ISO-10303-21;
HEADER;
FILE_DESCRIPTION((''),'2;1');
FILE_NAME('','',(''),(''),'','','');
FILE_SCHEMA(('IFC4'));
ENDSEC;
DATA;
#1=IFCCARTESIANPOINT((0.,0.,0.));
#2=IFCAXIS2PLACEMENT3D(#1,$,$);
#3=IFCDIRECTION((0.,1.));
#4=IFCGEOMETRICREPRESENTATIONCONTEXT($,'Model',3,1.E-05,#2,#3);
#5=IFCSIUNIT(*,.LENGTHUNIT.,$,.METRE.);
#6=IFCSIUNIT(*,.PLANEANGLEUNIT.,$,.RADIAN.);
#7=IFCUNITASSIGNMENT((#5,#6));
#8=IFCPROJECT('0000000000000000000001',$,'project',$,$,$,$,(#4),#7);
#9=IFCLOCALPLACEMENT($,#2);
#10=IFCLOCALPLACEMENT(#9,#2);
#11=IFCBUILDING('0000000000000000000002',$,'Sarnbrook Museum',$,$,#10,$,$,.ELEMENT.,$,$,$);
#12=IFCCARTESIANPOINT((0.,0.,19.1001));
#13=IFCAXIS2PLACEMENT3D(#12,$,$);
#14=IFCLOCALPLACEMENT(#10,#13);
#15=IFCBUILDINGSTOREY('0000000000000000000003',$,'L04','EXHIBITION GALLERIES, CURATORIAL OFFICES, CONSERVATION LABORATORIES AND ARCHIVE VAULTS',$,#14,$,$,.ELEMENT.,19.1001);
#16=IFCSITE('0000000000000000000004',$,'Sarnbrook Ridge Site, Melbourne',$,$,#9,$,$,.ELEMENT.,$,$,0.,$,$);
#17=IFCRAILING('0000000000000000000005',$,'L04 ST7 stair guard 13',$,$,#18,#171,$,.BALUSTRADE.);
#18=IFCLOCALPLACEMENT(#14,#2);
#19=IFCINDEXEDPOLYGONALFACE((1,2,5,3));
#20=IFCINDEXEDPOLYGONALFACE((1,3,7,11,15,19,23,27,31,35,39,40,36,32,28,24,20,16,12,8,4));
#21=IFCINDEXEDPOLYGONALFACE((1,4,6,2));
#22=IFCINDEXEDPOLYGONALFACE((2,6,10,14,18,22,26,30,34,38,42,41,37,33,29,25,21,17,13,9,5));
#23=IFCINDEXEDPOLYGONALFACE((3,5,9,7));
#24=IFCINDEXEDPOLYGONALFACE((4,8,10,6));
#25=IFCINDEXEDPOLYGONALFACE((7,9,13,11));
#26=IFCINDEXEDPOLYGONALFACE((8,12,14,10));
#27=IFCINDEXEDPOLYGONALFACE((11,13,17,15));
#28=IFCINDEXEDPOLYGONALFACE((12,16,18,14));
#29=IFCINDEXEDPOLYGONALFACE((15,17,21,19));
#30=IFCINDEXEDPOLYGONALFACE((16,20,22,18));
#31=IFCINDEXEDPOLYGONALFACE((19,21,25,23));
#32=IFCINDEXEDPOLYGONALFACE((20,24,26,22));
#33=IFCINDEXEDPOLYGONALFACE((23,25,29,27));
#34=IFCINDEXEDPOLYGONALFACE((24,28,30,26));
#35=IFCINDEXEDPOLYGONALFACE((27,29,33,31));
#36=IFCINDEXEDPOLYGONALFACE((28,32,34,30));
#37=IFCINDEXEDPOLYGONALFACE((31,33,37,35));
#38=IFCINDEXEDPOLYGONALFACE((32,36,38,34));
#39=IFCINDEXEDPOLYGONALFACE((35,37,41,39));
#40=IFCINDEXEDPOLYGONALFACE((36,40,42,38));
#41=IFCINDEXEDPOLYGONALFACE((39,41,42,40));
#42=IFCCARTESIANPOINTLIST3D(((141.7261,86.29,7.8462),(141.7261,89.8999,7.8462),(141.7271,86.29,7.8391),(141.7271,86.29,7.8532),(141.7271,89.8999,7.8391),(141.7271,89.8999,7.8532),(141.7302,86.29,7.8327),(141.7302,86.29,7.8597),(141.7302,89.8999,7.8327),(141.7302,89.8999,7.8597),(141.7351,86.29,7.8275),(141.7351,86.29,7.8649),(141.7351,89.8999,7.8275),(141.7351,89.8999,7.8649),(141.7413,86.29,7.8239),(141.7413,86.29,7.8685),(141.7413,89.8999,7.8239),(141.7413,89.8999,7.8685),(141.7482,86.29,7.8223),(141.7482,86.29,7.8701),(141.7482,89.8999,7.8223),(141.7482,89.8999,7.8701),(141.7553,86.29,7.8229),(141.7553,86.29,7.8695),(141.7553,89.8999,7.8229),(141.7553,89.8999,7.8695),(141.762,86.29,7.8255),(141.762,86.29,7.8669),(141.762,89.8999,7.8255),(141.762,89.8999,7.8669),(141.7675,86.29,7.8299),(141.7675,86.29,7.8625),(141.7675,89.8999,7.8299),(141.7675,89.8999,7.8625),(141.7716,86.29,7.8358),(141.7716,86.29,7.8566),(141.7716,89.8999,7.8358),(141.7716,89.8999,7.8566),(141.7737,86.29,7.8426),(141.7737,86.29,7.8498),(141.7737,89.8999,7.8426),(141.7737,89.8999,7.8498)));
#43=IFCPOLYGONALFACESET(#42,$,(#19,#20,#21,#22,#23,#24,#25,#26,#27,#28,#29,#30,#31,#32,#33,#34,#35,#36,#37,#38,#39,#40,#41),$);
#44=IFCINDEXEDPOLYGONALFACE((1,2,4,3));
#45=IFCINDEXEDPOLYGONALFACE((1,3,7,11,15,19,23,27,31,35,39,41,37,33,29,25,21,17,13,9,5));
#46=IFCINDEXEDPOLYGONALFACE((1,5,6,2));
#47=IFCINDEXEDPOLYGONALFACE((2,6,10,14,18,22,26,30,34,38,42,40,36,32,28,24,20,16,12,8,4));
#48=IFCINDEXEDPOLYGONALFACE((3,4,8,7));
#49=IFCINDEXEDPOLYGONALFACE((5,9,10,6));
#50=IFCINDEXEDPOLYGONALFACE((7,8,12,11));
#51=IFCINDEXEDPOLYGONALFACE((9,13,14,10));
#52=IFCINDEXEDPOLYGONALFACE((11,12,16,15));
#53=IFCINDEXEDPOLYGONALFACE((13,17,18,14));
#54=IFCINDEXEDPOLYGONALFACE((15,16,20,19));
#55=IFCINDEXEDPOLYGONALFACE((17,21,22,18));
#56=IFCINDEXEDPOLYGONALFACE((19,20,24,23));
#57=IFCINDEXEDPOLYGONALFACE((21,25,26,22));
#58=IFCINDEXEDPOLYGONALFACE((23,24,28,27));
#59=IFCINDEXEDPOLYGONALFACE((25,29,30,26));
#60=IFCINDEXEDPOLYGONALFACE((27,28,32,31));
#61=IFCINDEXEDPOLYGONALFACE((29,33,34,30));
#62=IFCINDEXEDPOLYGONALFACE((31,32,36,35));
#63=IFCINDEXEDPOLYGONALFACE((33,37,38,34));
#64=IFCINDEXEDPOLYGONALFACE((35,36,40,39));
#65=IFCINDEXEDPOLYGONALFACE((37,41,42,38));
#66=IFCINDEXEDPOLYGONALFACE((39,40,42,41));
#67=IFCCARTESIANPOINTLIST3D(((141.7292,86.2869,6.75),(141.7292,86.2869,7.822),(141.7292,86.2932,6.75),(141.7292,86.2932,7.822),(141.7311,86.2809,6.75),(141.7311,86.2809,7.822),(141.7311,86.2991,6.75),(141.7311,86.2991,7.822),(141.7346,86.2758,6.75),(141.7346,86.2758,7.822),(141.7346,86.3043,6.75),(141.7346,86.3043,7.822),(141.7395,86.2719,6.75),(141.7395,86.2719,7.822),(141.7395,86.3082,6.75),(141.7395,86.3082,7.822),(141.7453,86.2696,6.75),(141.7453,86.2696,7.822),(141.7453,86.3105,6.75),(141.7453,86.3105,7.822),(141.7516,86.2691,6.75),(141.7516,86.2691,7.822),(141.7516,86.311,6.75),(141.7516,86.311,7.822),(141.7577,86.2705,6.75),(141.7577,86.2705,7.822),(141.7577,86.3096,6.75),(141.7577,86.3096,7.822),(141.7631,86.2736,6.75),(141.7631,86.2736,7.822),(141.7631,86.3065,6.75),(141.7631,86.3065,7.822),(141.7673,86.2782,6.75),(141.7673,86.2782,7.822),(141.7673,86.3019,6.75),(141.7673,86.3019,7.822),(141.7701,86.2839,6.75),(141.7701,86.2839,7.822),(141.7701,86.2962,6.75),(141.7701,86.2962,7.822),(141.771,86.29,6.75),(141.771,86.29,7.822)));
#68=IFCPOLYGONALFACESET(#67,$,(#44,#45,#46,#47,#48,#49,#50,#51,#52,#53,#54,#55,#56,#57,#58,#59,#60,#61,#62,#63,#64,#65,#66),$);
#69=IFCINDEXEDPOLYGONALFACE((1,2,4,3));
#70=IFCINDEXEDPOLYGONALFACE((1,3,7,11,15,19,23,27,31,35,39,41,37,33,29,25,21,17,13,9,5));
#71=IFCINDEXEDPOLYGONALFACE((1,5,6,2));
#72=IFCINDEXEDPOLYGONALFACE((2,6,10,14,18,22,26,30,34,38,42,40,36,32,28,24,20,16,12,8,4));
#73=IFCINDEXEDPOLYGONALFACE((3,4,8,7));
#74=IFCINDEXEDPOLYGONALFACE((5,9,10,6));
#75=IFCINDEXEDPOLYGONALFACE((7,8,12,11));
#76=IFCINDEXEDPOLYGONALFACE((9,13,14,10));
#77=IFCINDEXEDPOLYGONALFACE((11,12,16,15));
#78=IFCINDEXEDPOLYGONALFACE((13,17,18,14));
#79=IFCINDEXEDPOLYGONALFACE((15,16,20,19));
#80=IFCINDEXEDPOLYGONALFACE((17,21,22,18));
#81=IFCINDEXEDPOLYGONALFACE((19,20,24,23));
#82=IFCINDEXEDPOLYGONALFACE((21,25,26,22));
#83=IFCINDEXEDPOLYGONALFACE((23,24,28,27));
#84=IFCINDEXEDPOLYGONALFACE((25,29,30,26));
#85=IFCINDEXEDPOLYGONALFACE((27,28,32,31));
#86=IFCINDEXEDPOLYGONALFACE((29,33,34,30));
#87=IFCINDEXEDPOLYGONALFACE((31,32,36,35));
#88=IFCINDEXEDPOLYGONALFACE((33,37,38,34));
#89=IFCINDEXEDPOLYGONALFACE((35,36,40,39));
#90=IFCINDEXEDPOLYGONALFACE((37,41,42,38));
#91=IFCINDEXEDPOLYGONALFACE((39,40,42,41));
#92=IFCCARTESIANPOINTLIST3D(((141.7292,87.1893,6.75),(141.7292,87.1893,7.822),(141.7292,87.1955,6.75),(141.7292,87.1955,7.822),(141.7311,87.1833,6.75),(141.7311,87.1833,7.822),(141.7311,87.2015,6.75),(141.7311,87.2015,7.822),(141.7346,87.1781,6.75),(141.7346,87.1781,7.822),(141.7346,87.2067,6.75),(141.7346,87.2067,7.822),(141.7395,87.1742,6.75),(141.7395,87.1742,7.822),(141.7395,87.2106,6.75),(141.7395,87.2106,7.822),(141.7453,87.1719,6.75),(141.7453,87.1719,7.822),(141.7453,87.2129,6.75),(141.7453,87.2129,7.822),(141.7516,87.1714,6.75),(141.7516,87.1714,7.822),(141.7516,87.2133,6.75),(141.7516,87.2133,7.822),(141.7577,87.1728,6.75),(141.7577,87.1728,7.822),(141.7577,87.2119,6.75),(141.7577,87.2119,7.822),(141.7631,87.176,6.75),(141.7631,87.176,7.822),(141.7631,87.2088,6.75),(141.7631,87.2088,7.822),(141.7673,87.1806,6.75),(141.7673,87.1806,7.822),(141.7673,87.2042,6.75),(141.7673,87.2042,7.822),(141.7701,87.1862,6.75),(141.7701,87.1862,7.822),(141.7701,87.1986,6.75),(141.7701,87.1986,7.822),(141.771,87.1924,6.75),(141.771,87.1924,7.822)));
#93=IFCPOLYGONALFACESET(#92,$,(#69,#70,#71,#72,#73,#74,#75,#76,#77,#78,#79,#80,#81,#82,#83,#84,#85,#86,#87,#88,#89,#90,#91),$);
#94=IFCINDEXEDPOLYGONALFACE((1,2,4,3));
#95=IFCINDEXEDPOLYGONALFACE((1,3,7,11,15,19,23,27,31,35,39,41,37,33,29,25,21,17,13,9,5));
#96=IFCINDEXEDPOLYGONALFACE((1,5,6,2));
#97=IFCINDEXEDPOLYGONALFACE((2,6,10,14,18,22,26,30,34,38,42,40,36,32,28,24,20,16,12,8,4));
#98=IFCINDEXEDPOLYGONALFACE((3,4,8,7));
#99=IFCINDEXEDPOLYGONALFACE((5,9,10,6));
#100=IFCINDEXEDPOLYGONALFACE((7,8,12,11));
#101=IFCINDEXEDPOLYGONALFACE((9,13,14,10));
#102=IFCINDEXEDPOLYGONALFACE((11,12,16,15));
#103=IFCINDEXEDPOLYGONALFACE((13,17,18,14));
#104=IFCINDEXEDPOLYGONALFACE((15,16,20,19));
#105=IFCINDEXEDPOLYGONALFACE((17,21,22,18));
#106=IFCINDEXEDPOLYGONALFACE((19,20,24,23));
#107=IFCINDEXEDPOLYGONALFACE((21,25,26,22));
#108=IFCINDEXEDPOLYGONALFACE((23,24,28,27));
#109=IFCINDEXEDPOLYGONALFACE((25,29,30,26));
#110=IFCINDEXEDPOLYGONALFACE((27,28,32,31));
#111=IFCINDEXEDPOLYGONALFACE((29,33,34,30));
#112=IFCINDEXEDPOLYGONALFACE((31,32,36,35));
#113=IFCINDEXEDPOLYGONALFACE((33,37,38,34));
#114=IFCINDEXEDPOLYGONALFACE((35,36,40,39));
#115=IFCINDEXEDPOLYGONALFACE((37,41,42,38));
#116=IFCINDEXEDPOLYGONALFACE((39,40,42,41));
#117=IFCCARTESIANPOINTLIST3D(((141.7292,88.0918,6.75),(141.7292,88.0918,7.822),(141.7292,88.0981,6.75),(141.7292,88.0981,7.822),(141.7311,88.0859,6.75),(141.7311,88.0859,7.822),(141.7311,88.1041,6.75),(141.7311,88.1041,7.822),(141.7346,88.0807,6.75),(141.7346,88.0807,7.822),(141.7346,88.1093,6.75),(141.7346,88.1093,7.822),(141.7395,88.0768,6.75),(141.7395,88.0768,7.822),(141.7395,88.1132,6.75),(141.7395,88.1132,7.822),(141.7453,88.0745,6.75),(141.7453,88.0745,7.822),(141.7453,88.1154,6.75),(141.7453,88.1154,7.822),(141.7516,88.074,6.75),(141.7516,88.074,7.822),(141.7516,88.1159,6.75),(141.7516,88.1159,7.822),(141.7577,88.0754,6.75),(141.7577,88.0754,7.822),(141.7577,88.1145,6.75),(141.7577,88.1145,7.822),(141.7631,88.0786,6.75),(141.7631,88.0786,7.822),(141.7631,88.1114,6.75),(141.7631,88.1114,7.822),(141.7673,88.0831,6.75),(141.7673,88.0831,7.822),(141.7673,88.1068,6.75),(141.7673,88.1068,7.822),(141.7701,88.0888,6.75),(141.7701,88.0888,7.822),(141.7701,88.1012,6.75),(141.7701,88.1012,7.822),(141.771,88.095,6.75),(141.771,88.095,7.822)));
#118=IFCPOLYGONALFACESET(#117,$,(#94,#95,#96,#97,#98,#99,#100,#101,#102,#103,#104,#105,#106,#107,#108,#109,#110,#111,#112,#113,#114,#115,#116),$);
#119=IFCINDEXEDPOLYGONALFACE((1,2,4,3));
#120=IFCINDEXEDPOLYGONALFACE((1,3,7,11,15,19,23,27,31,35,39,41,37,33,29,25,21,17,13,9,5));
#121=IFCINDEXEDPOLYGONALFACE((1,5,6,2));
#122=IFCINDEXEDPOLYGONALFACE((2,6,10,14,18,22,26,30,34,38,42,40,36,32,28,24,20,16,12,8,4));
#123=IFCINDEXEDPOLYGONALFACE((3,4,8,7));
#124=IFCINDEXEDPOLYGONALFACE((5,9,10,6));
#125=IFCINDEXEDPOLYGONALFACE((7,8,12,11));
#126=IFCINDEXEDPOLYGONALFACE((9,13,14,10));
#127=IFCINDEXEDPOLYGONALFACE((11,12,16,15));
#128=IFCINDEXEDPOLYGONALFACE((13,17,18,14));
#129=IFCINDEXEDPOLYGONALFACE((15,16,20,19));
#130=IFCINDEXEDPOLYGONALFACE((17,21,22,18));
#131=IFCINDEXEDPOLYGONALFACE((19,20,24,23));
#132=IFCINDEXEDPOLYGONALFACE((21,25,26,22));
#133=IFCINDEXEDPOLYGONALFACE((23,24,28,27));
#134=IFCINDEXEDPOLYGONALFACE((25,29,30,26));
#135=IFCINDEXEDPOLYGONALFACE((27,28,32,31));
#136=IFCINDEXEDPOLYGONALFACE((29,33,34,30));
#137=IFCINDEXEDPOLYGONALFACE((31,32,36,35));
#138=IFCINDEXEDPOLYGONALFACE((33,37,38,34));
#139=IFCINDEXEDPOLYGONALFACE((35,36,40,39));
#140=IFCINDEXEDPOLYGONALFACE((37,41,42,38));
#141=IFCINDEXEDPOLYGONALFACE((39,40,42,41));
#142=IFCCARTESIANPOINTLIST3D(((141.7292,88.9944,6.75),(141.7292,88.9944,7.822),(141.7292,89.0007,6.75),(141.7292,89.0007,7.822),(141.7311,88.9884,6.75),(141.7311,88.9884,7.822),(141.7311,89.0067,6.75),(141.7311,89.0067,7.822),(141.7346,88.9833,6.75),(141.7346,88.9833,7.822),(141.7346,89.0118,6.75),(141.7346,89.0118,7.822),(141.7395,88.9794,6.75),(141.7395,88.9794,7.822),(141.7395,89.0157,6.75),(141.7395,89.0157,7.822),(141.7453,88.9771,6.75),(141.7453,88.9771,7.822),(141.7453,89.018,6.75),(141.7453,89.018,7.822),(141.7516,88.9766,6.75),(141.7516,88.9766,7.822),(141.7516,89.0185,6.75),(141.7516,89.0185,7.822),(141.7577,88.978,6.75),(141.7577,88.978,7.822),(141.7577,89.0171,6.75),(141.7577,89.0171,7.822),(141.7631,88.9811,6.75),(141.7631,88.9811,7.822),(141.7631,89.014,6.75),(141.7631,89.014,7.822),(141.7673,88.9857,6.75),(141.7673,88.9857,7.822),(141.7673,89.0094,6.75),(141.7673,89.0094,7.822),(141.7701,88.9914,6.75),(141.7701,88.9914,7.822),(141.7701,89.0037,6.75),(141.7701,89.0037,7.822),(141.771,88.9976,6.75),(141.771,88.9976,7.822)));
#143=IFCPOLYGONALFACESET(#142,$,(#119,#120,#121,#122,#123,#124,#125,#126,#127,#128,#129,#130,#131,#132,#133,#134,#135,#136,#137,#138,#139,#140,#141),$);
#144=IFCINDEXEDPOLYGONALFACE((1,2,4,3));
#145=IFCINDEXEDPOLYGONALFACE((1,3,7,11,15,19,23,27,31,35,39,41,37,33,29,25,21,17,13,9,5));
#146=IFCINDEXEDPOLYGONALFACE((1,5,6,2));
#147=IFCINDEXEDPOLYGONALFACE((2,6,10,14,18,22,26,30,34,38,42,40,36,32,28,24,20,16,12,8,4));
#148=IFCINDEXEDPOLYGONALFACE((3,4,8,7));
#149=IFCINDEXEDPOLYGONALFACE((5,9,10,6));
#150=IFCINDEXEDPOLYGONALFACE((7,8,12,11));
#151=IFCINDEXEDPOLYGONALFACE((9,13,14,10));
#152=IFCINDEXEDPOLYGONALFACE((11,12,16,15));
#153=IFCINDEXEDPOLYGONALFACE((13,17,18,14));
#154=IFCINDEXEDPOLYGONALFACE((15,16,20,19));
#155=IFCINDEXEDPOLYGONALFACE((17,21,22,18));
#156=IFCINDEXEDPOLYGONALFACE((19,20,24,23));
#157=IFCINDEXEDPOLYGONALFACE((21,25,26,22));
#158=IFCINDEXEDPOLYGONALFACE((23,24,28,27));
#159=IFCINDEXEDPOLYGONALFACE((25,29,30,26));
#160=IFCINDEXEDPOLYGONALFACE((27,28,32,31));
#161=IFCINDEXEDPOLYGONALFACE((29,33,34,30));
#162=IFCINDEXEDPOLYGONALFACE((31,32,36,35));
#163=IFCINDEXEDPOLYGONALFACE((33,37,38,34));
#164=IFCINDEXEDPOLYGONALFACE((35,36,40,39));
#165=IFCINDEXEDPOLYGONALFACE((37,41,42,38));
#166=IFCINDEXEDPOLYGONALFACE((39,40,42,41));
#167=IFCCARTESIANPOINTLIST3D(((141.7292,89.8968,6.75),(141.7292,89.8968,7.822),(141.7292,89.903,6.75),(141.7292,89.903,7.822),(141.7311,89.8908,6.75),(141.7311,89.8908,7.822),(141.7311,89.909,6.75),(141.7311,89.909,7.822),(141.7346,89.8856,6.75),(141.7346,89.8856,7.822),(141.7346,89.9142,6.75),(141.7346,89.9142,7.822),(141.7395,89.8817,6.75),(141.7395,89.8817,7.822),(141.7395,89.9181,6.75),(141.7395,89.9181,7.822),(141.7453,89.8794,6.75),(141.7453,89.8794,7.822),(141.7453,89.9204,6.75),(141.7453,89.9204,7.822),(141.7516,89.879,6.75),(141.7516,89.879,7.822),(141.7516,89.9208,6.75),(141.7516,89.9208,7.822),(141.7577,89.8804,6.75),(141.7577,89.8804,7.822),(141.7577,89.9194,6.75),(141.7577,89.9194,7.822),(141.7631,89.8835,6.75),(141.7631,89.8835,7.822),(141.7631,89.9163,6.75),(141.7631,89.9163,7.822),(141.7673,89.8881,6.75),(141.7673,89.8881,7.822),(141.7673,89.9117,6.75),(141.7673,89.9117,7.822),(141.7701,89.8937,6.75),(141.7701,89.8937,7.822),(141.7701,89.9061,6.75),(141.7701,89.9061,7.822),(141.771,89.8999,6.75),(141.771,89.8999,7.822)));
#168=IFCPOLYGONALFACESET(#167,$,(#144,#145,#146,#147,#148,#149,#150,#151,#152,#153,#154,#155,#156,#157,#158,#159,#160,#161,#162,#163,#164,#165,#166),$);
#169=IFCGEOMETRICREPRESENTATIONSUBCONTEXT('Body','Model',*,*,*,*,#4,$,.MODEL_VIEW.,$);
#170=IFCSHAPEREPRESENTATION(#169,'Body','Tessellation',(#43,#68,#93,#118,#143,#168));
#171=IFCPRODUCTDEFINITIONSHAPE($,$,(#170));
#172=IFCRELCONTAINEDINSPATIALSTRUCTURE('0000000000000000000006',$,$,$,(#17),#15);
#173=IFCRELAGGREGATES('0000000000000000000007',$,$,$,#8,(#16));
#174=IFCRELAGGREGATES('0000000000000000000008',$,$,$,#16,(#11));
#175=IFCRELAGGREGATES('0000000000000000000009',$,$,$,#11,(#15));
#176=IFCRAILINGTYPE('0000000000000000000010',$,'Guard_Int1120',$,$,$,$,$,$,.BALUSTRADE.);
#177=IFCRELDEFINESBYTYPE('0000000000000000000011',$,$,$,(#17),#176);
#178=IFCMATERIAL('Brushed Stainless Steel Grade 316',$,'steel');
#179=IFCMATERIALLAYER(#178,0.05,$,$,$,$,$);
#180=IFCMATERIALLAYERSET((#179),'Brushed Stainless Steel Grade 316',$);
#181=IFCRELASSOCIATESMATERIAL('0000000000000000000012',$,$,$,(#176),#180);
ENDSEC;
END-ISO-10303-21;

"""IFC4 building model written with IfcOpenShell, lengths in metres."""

from ifc_helpers import new_model, si_unit, direction, frame, origin, origin_2d, place, context, subcontext, project, spatial, circle, extrude, material, layer, layer_set, type_object, element, save


model = new_model("IFC4")

# Units and contexts
model_context = context("Model", 3, precision=1e-05, world=origin(), true_north=direction((0.0, 1.0)))
body_context = subcontext(model_context, "Body", "Model", "MODEL_VIEW")
ifc_project = project(units=[si_unit("LENGTHUNIT", "METRE"), si_unit("PLANEANGLEUNIT", "RADIAN")], contexts=[model_context])

# Site, building, storey
site_placement = place(None, origin())
site = spatial("IfcSite", under=ifc_project, at=site_placement, Name="Sarnbrook Ridge Site, Melbourne", CompositionType="ELEMENT", RefElevation=0.0)
building_placement = place(site_placement, origin())
building = spatial("IfcBuilding", under=site, at=building_placement, Name="Sarnbrook Museum", CompositionType="ELEMENT")
storey_placement = place(building_placement, frame((0.0, 0.0, 19.1001)))
storey = spatial("IfcBuildingStorey", under=building, at=storey_placement, Name="L04", Description="EXHIBITION GALLERIES, CURATORIAL OFFICES, CONSERVATION LABORATORIES AND ARCHIVE VAULTS", CompositionType="ELEMENT", Elevation=19.1001)

# Railing
ifc_material_1 = material(Name="Brushed Stainless Steel Grade 316", Category="steel")
ifc_layer_1 = layer(ifc_material_1, 0.05)
ifc_layer_set_1 = layer_set([ifc_layer_1], Name="Brushed Stainless Steel Grade 316")
railing_type_1 = type_object("IfcRailingType", Name="Guard_Int1120", PredefinedType="BALUSTRADE", material=ifc_layer_set_1)
railing_1_placement = place(storey_placement, frame((141.75, 86.29, 6.75)))
element("IfcRailing", 1, at=railing_1_placement, inside=storey, type_object=railing_type_1, Name="L04 ST7 stair guard 13", PredefinedType="BALUSTRADE", context=body_context, shape_type="SweptSolid", body=[
    extrude(circle(Radius=0.0239, at=origin_2d()), frame((0.0, 0.0, 1.0962), z_axis=(0.0, 1.0, 0.0), x_axis=(-1.0, 0.0, 0.0)), (0.0, 0.0, 1.0), 3.6099),
    extrude(circle(Radius=0.021, at=origin_2d()), origin(), (0.0, 0.0, 1.0), 1.072),
    extrude(circle(Radius=0.021, at=origin_2d()), frame((0.0, 0.9023, 0.0)), (0.0, 0.0, 1.0), 1.072),
    extrude(circle(Radius=0.021, at=origin_2d()), frame((0.0, 1.8049, 0.0)), (0.0, 0.0, 1.0), 1.072),
    extrude(circle(Radius=0.021, at=origin_2d()), frame((0.0, 2.7075, 0.0)), (0.0, 0.0, 1.0), 1.072),
    extrude(circle(Radius=0.021, at=origin_2d()), frame((0.0, 3.6099, 0.0)), (0.0, 0.0, 1.0), 1.072),
])

save(model, "model.ifc")
